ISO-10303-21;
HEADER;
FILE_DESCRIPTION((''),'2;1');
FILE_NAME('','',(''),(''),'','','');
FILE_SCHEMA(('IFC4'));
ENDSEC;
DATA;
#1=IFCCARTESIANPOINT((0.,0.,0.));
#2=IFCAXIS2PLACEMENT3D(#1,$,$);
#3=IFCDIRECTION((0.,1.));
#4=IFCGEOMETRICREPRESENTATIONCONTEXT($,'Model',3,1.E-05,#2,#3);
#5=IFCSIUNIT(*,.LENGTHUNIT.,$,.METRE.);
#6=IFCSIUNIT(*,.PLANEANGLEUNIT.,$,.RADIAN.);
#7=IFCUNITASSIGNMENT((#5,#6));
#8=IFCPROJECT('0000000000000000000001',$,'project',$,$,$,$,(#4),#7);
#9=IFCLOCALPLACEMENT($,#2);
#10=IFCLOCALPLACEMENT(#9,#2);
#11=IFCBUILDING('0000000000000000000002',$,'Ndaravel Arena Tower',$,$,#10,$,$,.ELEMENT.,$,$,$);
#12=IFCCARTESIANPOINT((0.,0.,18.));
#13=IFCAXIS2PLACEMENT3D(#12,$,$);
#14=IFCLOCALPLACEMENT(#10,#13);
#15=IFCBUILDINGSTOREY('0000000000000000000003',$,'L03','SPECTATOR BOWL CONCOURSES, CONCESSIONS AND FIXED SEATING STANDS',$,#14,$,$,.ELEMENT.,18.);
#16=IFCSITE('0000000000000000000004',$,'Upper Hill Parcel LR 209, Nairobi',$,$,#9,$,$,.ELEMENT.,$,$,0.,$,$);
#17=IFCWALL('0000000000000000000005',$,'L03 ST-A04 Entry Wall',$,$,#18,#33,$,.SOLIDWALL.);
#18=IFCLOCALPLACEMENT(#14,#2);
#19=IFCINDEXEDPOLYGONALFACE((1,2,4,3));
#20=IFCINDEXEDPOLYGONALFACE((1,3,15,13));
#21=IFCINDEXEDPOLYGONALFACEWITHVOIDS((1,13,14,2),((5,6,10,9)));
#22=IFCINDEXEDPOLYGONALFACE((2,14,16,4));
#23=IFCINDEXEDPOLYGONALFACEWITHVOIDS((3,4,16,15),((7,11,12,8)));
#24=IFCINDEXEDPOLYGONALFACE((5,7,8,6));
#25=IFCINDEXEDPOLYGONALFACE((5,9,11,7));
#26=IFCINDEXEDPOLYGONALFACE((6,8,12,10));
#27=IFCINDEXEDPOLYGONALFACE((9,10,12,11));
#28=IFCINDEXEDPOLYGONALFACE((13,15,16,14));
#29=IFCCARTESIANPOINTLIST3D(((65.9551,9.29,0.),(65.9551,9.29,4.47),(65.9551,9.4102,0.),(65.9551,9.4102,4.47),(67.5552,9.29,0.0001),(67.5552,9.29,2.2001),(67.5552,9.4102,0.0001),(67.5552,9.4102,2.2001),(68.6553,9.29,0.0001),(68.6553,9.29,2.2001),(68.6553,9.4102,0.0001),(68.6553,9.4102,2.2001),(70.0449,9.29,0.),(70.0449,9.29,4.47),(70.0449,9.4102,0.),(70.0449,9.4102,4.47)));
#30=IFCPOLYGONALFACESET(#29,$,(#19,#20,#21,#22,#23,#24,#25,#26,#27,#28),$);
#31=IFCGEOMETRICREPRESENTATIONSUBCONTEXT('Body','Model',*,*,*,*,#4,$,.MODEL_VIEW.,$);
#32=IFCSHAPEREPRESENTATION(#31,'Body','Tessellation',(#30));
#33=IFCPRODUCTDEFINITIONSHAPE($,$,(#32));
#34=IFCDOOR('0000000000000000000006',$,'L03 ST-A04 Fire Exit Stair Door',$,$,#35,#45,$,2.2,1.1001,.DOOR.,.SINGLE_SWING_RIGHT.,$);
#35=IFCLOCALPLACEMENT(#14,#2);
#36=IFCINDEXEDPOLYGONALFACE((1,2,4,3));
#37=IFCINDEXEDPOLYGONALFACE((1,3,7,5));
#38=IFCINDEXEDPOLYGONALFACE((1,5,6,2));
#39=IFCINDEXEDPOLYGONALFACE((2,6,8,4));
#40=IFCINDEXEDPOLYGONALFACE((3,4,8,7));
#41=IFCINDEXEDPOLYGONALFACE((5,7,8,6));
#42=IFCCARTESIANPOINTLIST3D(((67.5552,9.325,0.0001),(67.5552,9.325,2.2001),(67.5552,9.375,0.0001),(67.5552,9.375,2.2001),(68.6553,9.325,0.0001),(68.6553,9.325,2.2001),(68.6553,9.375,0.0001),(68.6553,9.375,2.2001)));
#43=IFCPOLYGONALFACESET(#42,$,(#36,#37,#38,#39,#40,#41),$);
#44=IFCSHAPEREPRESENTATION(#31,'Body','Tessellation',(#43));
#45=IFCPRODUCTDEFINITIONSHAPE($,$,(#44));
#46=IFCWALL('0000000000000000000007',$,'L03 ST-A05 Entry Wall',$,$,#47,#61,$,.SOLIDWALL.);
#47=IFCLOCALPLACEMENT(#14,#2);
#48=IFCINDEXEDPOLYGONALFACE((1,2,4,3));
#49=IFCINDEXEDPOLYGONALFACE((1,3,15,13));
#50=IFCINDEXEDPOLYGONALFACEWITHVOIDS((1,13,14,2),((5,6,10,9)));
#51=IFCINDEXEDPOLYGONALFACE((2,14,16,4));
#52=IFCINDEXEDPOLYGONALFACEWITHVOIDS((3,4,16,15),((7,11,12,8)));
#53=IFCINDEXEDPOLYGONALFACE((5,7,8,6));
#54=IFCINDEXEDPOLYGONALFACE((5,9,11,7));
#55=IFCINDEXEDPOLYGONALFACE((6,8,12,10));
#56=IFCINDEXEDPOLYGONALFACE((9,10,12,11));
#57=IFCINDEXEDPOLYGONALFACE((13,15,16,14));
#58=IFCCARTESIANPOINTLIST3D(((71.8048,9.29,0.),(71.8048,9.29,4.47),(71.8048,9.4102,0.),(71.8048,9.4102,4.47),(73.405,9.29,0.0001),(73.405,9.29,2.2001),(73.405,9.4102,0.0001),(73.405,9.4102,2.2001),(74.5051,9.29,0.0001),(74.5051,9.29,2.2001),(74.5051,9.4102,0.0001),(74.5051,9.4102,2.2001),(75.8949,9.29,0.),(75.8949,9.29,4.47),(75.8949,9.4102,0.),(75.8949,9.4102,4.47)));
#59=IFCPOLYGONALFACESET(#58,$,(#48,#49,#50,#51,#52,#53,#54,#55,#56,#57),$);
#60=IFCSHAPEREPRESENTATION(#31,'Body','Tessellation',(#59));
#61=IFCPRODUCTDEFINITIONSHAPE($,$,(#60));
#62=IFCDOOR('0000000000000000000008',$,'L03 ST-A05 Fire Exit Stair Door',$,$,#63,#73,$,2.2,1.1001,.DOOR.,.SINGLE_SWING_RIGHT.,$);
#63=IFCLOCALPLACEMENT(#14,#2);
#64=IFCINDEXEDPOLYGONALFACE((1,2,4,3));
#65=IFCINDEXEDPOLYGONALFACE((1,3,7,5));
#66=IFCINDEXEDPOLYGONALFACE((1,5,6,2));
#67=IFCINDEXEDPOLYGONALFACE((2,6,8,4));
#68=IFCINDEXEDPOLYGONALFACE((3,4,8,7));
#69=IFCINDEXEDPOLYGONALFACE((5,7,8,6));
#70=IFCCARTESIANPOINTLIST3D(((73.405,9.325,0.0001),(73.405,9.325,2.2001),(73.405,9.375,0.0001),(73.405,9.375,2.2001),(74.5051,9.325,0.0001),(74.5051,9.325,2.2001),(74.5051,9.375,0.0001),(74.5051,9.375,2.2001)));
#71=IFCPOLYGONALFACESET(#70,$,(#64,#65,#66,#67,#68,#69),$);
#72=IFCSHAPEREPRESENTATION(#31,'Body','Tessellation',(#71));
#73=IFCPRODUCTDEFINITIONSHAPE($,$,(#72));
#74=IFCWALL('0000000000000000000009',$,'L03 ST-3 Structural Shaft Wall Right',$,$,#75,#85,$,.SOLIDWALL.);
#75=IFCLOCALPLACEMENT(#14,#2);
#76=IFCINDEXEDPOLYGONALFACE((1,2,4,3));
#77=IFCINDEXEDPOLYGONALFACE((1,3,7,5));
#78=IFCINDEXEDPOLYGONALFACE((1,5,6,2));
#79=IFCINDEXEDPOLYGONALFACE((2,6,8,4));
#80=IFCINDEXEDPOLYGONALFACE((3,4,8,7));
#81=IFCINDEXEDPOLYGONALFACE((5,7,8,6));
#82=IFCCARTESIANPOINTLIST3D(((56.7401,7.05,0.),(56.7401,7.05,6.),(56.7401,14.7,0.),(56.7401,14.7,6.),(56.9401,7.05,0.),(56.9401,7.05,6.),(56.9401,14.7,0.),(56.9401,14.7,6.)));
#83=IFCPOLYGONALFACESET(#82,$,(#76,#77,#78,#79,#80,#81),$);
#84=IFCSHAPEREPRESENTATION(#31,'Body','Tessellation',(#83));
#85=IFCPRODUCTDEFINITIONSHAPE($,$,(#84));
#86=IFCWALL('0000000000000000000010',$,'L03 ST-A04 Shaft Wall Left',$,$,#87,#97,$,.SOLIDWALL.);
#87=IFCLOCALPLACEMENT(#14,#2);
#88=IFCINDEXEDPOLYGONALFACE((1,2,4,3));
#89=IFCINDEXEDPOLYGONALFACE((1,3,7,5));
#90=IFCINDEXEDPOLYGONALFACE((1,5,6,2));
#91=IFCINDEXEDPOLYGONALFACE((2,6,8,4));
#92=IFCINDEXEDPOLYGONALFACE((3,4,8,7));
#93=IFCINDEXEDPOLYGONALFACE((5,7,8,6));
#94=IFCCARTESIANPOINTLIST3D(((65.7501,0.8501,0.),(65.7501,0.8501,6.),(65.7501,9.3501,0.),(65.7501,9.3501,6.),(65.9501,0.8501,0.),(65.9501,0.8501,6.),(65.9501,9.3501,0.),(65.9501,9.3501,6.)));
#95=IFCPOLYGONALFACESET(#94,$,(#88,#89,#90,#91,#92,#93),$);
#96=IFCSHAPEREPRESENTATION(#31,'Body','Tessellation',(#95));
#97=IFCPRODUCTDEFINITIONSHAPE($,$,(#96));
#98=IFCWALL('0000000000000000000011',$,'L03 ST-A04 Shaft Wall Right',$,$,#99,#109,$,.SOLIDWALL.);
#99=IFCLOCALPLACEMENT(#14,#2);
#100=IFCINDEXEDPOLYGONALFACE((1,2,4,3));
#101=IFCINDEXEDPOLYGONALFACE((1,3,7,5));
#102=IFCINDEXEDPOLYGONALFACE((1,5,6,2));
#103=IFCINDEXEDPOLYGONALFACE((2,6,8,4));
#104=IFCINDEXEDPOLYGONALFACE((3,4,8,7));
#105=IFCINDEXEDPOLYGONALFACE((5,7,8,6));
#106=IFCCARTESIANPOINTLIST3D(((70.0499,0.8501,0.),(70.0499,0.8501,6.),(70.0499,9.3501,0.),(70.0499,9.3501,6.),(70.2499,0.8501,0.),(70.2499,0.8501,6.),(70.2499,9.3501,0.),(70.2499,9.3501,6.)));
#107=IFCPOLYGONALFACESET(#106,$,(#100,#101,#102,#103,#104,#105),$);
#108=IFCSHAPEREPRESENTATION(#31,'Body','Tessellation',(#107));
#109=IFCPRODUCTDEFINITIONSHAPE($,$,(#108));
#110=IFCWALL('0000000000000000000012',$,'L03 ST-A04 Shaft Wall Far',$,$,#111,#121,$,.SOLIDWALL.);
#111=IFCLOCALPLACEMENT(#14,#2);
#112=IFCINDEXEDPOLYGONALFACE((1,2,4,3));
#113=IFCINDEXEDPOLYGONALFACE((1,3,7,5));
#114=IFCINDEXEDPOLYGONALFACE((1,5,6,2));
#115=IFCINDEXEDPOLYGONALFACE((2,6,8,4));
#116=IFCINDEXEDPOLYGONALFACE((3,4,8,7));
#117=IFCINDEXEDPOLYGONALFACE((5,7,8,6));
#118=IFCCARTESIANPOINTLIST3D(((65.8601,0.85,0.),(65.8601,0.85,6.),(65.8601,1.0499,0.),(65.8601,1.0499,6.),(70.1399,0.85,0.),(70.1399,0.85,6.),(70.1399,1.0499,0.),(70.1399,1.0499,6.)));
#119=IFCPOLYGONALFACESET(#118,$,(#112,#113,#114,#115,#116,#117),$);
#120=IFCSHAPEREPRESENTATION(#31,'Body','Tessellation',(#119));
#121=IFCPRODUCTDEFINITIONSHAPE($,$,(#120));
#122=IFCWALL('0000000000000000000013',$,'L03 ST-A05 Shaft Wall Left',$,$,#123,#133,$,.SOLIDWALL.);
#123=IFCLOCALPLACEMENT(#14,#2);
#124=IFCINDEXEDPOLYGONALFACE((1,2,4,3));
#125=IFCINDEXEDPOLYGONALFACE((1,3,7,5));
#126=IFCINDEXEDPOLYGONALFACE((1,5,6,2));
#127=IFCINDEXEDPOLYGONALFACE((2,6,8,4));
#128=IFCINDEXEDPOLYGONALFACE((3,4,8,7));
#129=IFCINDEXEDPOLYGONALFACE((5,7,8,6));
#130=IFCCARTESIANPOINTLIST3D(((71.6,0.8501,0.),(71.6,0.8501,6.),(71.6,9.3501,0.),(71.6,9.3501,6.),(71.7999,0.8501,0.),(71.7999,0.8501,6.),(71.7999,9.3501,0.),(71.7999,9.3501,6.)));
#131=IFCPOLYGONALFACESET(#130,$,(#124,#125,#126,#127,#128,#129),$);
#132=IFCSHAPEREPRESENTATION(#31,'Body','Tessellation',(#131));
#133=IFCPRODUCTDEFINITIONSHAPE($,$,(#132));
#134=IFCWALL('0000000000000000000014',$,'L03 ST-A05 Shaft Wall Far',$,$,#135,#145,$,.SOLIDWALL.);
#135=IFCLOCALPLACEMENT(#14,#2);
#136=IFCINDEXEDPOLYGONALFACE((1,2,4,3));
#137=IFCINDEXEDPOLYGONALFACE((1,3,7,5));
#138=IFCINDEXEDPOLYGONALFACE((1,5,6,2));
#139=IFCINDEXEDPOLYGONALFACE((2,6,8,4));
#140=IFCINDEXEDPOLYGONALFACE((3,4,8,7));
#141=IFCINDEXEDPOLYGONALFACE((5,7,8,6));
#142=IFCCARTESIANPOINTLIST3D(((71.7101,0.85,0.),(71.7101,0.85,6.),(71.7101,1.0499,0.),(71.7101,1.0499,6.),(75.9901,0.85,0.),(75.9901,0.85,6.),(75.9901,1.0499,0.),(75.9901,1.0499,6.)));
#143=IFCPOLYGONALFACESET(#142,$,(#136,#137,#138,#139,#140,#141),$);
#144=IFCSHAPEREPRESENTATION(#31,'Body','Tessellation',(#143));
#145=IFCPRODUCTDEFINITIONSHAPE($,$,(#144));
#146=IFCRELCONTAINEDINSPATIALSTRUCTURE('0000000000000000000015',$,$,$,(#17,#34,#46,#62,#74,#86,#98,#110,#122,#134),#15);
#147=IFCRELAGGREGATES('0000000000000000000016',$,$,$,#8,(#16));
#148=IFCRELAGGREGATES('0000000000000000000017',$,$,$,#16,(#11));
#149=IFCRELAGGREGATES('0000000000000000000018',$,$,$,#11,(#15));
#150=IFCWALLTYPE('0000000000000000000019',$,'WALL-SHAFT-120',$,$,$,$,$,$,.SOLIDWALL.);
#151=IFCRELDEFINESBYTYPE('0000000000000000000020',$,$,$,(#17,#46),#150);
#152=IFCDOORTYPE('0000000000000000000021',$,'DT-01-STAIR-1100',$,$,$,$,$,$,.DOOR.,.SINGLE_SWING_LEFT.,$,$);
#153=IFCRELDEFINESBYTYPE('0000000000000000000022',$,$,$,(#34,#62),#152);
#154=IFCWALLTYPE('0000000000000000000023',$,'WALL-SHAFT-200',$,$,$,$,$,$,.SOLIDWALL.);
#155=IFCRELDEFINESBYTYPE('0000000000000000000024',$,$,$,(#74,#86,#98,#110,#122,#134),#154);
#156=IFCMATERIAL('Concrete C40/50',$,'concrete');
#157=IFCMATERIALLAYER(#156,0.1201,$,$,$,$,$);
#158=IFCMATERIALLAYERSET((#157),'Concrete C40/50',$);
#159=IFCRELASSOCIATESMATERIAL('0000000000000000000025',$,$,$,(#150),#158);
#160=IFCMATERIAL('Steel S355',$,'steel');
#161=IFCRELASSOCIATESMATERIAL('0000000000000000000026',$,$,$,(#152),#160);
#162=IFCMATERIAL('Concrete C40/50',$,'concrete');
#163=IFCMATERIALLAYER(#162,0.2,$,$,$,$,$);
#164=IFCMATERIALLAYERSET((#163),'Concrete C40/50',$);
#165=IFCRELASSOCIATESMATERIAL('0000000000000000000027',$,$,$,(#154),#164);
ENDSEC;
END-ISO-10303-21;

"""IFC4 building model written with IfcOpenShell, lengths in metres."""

from ifc_helpers import new_model, si_unit, direction, frame, frame_2d, origin, place, context, subcontext, project, spatial, rectangle, extrude, material, layer, layer_set, type_object, element, fill, save


model = new_model("IFC4")

# Units and contexts
model_context = context("Model", 3, precision=1e-05, world=origin(), true_north=direction((0.0, 1.0)))
body_context = subcontext(model_context, "Body", "Model", "MODEL_VIEW")
ifc_project = project(units=[si_unit("LENGTHUNIT", "METRE"), si_unit("PLANEANGLEUNIT", "RADIAN")], contexts=[model_context])

# Site, building, storey
site_placement = place(None, origin())
site = spatial("IfcSite", under=ifc_project, at=site_placement, Name="Upper Hill Parcel LR 209, Nairobi", CompositionType="ELEMENT", RefElevation=0.0)
building_placement = place(site_placement, origin())
building = spatial("IfcBuilding", under=site, at=building_placement, Name="Ndaravel Arena Tower", CompositionType="ELEMENT")
storey_placement = place(building_placement, frame((0.0, 0.0, 18.0)))
storey = spatial("IfcBuildingStorey", under=building, at=storey_placement, Name="L03", Description="SPECTATOR BOWL CONCOURSES, CONCESSIONS AND FIXED SEATING STANDS", CompositionType="ELEMENT", Elevation=18.0)

# Walls, openings, doors
ifc_material_1 = material(Name="Concrete C40/50", Category="concrete")
ifc_layer_1 = layer(ifc_material_1, 0.1201)
ifc_layer_set_1 = layer_set([ifc_layer_1], Name="Concrete C40/50")
wall_type_1 = type_object("IfcWallType", Name="WALL-SHAFT-120", PredefinedType="SOLIDWALL", material=ifc_layer_set_1)
wall_1_placement = place(storey_placement, frame((65.9551, 9.3501, 0.0), z_axis=(0.0, 0.0, 1.0), x_axis=(1.0, 0.0, 0.0)))
wall_1 = element("IfcWall", 1, at=wall_1_placement, inside=storey, type_object=wall_type_1, Name="L03 ST-A04 Entry Wall", PredefinedType="SOLIDWALL", context=body_context, shape_type="SweptSolid", body=[
    extrude(rectangle(XDim=4.0898, YDim=0.1201, at=frame_2d((2.0449, 0.0))), origin(), (0.0, 0.0, 1.0), 4.47),
])
opening_1_placement = place(wall_1_placement, frame((1.6001, 0.0, 0.0)))
opening_1 = element("IfcOpeningElement", 2, at=opening_1_placement, cuts=wall_1, PredefinedType="OPENING", context=body_context, shape_type="SweptSolid", body=[
    extrude(rectangle(XDim=1.1001, YDim=2.2, at=frame_2d((0.55, 1.1001))), frame((0.0, 0.0601, 0.0), z_axis=(0.0, -1.0, 0.0), x_axis=(1.0, 0.0, 0.0)), (0.0, 0.0, 1.0), 0.1201),
])
ifc_material_2 = material(Name="Steel S355", Category="steel")
door_type = type_object("IfcDoorType", Name="DT-01-STAIR-1100", OperationType="SINGLE_SWING_LEFT", PredefinedType="DOOR", material=ifc_material_2)
door_1_placement = place(opening_1_placement, origin())
door_1 = element("IfcDoor", 3, at=door_1_placement, inside=storey, type_object=door_type, Name="L03 ST-A04 Fire Exit Stair Door", OperationType="SINGLE_SWING_RIGHT", OverallHeight=2.2, OverallWidth=1.1001, PredefinedType="DOOR", context=body_context, shape_type="SweptSolid", body=[
    extrude(rectangle(XDim=1.1001, YDim=2.2, at=frame_2d((0.55, 1.1001))), frame((0.0, 0.0249, 0.0), z_axis=(0.0, -1.0, 0.0), x_axis=(1.0, 0.0, 0.0)), (0.0, 0.0, 1.0), 0.05),
])
fill(opening_1, door_1)
wall_2_placement = place(storey_placement, frame((71.8049, 9.3501, 0.0), z_axis=(0.0, 0.0, 1.0), x_axis=(1.0, 0.0, 0.0)))
wall_2 = element("IfcWall", 4, at=wall_2_placement, inside=storey, type_object=wall_type_1, Name="L03 ST-A05 Entry Wall", PredefinedType="SOLIDWALL", context=body_context, shape_type="SweptSolid", body=[
    extrude(rectangle(XDim=4.0901, YDim=0.1201, at=frame_2d((2.0449, 0.0))), origin(), (0.0, 0.0, 1.0), 4.47),
])
opening_2_placement = place(wall_2_placement, frame((1.6001, 0.0, 0.0)))
opening_2 = element("IfcOpeningElement", 5, at=opening_2_placement, cuts=wall_2, PredefinedType="OPENING", context=body_context, shape_type="SweptSolid", body=[
    extrude(rectangle(XDim=1.1001, YDim=2.2, at=frame_2d((0.55, 1.1001))), frame((0.0, 0.0601, 0.0), z_axis=(0.0, -1.0, 0.0), x_axis=(1.0, 0.0, 0.0)), (0.0, 0.0, 1.0), 0.1201),
])
door_2_placement = place(opening_2_placement, origin())
door_2 = element("IfcDoor", 6, at=door_2_placement, inside=storey, type_object=door_type, Name="L03 ST-A05 Fire Exit Stair Door", OperationType="SINGLE_SWING_RIGHT", OverallHeight=2.2, OverallWidth=1.1001, PredefinedType="DOOR", context=body_context, shape_type="SweptSolid", body=[
    extrude(rectangle(XDim=1.1001, YDim=2.2, at=frame_2d((0.55, 1.1001))), frame((0.0, 0.0249, 0.0), z_axis=(0.0, -1.0, 0.0), x_axis=(1.0, 0.0, 0.0)), (0.0, 0.0, 1.0), 0.05),
])
fill(opening_2, door_2)

# Walls
ifc_material_3 = material(Name="Concrete C40/50", Category="concrete")
ifc_layer_2 = layer(ifc_material_3, 0.2)
ifc_layer_set_2 = layer_set([ifc_layer_2], Name="Concrete C40/50")
wall_type_2 = type_object("IfcWallType", Name="WALL-SHAFT-200", PredefinedType="SOLIDWALL", material=ifc_layer_set_2)
wall_3_placement = place(storey_placement, frame((56.8401, 14.7, 0.0), z_axis=(0.0, 0.0, 1.0), x_axis=(0.0, -1.0, 0.0)))
element("IfcWall", 7, at=wall_3_placement, inside=storey, type_object=wall_type_2, Name="L03 ST-3 Structural Shaft Wall Right", PredefinedType="SOLIDWALL", context=body_context, shape_type="SweptSolid", body=[
    extrude(rectangle(XDim=7.6499, YDim=0.2, at=frame_2d((3.825, 0.0))), origin(), (0.0, 0.0, 1.0), 6.0),
])
for number, where, z_axis, x_axis, name in (
    (8, (65.8501, 9.3501, 0.0), (0.0, 0.0, 1.0), (0.0, -1.0, 0.0), "L03 ST-A04 Shaft Wall Left"),
    (9, (70.1499, 9.3501, 0.0), (0.0, 0.0, 1.0), (0.0, -1.0, 0.0), "L03 ST-A04 Shaft Wall Right"),
):
    element("IfcWall", number, at=place(storey_placement, frame(where, z_axis=z_axis, x_axis=x_axis)), inside=storey, type_object=wall_type_2, Name=name, PredefinedType="SOLIDWALL", context=body_context, shape_type="SweptSolid", body=[
        extrude(rectangle(XDim=8.5, YDim=0.2, at=frame_2d((4.25, 0.0))), origin(), (0.0, 0.0, 1.0), 6.0),
    ])
wall_4_placement = place(storey_placement, frame((65.8601, 0.95, 0.0), z_axis=(0.0, 0.0, 1.0), x_axis=(1.0, 0.0, 0.0)))
element("IfcWall", 10, at=wall_4_placement, inside=storey, type_object=wall_type_2, Name="L03 ST-A04 Shaft Wall Far", PredefinedType="SOLIDWALL", context=body_context, shape_type="SweptSolid", body=[
    extrude(rectangle(XDim=4.2798, YDim=0.2, at=frame_2d((2.1399, 0.0))), origin(), (0.0, 0.0, 1.0), 6.0),
])
wall_5_placement = place(storey_placement, frame((71.7, 9.3501, 0.0), z_axis=(0.0, 0.0, 1.0), x_axis=(0.0, -1.0, 0.0)))
element("IfcWall", 11, at=wall_5_placement, inside=storey, type_object=wall_type_2, Name="L03 ST-A05 Shaft Wall Left", PredefinedType="SOLIDWALL", context=body_context, shape_type="SweptSolid", body=[
    extrude(rectangle(XDim=8.5, YDim=0.2, at=frame_2d((4.25, 0.0))), origin(), (0.0, 0.0, 1.0), 6.0),
])
wall_6_placement = place(storey_placement, frame((71.71, 0.95, 0.0), z_axis=(0.0, 0.0, 1.0), x_axis=(1.0, 0.0, 0.0)))
element("IfcWall", 12, at=wall_6_placement, inside=storey, type_object=wall_type_2, Name="L03 ST-A05 Shaft Wall Far", PredefinedType="SOLIDWALL", context=body_context, shape_type="SweptSolid", body=[
    extrude(rectangle(XDim=4.28, YDim=0.2, at=frame_2d((2.1401, 0.0))), origin(), (0.0, 0.0, 1.0), 6.0),
])

save(model, "model.ifc")
